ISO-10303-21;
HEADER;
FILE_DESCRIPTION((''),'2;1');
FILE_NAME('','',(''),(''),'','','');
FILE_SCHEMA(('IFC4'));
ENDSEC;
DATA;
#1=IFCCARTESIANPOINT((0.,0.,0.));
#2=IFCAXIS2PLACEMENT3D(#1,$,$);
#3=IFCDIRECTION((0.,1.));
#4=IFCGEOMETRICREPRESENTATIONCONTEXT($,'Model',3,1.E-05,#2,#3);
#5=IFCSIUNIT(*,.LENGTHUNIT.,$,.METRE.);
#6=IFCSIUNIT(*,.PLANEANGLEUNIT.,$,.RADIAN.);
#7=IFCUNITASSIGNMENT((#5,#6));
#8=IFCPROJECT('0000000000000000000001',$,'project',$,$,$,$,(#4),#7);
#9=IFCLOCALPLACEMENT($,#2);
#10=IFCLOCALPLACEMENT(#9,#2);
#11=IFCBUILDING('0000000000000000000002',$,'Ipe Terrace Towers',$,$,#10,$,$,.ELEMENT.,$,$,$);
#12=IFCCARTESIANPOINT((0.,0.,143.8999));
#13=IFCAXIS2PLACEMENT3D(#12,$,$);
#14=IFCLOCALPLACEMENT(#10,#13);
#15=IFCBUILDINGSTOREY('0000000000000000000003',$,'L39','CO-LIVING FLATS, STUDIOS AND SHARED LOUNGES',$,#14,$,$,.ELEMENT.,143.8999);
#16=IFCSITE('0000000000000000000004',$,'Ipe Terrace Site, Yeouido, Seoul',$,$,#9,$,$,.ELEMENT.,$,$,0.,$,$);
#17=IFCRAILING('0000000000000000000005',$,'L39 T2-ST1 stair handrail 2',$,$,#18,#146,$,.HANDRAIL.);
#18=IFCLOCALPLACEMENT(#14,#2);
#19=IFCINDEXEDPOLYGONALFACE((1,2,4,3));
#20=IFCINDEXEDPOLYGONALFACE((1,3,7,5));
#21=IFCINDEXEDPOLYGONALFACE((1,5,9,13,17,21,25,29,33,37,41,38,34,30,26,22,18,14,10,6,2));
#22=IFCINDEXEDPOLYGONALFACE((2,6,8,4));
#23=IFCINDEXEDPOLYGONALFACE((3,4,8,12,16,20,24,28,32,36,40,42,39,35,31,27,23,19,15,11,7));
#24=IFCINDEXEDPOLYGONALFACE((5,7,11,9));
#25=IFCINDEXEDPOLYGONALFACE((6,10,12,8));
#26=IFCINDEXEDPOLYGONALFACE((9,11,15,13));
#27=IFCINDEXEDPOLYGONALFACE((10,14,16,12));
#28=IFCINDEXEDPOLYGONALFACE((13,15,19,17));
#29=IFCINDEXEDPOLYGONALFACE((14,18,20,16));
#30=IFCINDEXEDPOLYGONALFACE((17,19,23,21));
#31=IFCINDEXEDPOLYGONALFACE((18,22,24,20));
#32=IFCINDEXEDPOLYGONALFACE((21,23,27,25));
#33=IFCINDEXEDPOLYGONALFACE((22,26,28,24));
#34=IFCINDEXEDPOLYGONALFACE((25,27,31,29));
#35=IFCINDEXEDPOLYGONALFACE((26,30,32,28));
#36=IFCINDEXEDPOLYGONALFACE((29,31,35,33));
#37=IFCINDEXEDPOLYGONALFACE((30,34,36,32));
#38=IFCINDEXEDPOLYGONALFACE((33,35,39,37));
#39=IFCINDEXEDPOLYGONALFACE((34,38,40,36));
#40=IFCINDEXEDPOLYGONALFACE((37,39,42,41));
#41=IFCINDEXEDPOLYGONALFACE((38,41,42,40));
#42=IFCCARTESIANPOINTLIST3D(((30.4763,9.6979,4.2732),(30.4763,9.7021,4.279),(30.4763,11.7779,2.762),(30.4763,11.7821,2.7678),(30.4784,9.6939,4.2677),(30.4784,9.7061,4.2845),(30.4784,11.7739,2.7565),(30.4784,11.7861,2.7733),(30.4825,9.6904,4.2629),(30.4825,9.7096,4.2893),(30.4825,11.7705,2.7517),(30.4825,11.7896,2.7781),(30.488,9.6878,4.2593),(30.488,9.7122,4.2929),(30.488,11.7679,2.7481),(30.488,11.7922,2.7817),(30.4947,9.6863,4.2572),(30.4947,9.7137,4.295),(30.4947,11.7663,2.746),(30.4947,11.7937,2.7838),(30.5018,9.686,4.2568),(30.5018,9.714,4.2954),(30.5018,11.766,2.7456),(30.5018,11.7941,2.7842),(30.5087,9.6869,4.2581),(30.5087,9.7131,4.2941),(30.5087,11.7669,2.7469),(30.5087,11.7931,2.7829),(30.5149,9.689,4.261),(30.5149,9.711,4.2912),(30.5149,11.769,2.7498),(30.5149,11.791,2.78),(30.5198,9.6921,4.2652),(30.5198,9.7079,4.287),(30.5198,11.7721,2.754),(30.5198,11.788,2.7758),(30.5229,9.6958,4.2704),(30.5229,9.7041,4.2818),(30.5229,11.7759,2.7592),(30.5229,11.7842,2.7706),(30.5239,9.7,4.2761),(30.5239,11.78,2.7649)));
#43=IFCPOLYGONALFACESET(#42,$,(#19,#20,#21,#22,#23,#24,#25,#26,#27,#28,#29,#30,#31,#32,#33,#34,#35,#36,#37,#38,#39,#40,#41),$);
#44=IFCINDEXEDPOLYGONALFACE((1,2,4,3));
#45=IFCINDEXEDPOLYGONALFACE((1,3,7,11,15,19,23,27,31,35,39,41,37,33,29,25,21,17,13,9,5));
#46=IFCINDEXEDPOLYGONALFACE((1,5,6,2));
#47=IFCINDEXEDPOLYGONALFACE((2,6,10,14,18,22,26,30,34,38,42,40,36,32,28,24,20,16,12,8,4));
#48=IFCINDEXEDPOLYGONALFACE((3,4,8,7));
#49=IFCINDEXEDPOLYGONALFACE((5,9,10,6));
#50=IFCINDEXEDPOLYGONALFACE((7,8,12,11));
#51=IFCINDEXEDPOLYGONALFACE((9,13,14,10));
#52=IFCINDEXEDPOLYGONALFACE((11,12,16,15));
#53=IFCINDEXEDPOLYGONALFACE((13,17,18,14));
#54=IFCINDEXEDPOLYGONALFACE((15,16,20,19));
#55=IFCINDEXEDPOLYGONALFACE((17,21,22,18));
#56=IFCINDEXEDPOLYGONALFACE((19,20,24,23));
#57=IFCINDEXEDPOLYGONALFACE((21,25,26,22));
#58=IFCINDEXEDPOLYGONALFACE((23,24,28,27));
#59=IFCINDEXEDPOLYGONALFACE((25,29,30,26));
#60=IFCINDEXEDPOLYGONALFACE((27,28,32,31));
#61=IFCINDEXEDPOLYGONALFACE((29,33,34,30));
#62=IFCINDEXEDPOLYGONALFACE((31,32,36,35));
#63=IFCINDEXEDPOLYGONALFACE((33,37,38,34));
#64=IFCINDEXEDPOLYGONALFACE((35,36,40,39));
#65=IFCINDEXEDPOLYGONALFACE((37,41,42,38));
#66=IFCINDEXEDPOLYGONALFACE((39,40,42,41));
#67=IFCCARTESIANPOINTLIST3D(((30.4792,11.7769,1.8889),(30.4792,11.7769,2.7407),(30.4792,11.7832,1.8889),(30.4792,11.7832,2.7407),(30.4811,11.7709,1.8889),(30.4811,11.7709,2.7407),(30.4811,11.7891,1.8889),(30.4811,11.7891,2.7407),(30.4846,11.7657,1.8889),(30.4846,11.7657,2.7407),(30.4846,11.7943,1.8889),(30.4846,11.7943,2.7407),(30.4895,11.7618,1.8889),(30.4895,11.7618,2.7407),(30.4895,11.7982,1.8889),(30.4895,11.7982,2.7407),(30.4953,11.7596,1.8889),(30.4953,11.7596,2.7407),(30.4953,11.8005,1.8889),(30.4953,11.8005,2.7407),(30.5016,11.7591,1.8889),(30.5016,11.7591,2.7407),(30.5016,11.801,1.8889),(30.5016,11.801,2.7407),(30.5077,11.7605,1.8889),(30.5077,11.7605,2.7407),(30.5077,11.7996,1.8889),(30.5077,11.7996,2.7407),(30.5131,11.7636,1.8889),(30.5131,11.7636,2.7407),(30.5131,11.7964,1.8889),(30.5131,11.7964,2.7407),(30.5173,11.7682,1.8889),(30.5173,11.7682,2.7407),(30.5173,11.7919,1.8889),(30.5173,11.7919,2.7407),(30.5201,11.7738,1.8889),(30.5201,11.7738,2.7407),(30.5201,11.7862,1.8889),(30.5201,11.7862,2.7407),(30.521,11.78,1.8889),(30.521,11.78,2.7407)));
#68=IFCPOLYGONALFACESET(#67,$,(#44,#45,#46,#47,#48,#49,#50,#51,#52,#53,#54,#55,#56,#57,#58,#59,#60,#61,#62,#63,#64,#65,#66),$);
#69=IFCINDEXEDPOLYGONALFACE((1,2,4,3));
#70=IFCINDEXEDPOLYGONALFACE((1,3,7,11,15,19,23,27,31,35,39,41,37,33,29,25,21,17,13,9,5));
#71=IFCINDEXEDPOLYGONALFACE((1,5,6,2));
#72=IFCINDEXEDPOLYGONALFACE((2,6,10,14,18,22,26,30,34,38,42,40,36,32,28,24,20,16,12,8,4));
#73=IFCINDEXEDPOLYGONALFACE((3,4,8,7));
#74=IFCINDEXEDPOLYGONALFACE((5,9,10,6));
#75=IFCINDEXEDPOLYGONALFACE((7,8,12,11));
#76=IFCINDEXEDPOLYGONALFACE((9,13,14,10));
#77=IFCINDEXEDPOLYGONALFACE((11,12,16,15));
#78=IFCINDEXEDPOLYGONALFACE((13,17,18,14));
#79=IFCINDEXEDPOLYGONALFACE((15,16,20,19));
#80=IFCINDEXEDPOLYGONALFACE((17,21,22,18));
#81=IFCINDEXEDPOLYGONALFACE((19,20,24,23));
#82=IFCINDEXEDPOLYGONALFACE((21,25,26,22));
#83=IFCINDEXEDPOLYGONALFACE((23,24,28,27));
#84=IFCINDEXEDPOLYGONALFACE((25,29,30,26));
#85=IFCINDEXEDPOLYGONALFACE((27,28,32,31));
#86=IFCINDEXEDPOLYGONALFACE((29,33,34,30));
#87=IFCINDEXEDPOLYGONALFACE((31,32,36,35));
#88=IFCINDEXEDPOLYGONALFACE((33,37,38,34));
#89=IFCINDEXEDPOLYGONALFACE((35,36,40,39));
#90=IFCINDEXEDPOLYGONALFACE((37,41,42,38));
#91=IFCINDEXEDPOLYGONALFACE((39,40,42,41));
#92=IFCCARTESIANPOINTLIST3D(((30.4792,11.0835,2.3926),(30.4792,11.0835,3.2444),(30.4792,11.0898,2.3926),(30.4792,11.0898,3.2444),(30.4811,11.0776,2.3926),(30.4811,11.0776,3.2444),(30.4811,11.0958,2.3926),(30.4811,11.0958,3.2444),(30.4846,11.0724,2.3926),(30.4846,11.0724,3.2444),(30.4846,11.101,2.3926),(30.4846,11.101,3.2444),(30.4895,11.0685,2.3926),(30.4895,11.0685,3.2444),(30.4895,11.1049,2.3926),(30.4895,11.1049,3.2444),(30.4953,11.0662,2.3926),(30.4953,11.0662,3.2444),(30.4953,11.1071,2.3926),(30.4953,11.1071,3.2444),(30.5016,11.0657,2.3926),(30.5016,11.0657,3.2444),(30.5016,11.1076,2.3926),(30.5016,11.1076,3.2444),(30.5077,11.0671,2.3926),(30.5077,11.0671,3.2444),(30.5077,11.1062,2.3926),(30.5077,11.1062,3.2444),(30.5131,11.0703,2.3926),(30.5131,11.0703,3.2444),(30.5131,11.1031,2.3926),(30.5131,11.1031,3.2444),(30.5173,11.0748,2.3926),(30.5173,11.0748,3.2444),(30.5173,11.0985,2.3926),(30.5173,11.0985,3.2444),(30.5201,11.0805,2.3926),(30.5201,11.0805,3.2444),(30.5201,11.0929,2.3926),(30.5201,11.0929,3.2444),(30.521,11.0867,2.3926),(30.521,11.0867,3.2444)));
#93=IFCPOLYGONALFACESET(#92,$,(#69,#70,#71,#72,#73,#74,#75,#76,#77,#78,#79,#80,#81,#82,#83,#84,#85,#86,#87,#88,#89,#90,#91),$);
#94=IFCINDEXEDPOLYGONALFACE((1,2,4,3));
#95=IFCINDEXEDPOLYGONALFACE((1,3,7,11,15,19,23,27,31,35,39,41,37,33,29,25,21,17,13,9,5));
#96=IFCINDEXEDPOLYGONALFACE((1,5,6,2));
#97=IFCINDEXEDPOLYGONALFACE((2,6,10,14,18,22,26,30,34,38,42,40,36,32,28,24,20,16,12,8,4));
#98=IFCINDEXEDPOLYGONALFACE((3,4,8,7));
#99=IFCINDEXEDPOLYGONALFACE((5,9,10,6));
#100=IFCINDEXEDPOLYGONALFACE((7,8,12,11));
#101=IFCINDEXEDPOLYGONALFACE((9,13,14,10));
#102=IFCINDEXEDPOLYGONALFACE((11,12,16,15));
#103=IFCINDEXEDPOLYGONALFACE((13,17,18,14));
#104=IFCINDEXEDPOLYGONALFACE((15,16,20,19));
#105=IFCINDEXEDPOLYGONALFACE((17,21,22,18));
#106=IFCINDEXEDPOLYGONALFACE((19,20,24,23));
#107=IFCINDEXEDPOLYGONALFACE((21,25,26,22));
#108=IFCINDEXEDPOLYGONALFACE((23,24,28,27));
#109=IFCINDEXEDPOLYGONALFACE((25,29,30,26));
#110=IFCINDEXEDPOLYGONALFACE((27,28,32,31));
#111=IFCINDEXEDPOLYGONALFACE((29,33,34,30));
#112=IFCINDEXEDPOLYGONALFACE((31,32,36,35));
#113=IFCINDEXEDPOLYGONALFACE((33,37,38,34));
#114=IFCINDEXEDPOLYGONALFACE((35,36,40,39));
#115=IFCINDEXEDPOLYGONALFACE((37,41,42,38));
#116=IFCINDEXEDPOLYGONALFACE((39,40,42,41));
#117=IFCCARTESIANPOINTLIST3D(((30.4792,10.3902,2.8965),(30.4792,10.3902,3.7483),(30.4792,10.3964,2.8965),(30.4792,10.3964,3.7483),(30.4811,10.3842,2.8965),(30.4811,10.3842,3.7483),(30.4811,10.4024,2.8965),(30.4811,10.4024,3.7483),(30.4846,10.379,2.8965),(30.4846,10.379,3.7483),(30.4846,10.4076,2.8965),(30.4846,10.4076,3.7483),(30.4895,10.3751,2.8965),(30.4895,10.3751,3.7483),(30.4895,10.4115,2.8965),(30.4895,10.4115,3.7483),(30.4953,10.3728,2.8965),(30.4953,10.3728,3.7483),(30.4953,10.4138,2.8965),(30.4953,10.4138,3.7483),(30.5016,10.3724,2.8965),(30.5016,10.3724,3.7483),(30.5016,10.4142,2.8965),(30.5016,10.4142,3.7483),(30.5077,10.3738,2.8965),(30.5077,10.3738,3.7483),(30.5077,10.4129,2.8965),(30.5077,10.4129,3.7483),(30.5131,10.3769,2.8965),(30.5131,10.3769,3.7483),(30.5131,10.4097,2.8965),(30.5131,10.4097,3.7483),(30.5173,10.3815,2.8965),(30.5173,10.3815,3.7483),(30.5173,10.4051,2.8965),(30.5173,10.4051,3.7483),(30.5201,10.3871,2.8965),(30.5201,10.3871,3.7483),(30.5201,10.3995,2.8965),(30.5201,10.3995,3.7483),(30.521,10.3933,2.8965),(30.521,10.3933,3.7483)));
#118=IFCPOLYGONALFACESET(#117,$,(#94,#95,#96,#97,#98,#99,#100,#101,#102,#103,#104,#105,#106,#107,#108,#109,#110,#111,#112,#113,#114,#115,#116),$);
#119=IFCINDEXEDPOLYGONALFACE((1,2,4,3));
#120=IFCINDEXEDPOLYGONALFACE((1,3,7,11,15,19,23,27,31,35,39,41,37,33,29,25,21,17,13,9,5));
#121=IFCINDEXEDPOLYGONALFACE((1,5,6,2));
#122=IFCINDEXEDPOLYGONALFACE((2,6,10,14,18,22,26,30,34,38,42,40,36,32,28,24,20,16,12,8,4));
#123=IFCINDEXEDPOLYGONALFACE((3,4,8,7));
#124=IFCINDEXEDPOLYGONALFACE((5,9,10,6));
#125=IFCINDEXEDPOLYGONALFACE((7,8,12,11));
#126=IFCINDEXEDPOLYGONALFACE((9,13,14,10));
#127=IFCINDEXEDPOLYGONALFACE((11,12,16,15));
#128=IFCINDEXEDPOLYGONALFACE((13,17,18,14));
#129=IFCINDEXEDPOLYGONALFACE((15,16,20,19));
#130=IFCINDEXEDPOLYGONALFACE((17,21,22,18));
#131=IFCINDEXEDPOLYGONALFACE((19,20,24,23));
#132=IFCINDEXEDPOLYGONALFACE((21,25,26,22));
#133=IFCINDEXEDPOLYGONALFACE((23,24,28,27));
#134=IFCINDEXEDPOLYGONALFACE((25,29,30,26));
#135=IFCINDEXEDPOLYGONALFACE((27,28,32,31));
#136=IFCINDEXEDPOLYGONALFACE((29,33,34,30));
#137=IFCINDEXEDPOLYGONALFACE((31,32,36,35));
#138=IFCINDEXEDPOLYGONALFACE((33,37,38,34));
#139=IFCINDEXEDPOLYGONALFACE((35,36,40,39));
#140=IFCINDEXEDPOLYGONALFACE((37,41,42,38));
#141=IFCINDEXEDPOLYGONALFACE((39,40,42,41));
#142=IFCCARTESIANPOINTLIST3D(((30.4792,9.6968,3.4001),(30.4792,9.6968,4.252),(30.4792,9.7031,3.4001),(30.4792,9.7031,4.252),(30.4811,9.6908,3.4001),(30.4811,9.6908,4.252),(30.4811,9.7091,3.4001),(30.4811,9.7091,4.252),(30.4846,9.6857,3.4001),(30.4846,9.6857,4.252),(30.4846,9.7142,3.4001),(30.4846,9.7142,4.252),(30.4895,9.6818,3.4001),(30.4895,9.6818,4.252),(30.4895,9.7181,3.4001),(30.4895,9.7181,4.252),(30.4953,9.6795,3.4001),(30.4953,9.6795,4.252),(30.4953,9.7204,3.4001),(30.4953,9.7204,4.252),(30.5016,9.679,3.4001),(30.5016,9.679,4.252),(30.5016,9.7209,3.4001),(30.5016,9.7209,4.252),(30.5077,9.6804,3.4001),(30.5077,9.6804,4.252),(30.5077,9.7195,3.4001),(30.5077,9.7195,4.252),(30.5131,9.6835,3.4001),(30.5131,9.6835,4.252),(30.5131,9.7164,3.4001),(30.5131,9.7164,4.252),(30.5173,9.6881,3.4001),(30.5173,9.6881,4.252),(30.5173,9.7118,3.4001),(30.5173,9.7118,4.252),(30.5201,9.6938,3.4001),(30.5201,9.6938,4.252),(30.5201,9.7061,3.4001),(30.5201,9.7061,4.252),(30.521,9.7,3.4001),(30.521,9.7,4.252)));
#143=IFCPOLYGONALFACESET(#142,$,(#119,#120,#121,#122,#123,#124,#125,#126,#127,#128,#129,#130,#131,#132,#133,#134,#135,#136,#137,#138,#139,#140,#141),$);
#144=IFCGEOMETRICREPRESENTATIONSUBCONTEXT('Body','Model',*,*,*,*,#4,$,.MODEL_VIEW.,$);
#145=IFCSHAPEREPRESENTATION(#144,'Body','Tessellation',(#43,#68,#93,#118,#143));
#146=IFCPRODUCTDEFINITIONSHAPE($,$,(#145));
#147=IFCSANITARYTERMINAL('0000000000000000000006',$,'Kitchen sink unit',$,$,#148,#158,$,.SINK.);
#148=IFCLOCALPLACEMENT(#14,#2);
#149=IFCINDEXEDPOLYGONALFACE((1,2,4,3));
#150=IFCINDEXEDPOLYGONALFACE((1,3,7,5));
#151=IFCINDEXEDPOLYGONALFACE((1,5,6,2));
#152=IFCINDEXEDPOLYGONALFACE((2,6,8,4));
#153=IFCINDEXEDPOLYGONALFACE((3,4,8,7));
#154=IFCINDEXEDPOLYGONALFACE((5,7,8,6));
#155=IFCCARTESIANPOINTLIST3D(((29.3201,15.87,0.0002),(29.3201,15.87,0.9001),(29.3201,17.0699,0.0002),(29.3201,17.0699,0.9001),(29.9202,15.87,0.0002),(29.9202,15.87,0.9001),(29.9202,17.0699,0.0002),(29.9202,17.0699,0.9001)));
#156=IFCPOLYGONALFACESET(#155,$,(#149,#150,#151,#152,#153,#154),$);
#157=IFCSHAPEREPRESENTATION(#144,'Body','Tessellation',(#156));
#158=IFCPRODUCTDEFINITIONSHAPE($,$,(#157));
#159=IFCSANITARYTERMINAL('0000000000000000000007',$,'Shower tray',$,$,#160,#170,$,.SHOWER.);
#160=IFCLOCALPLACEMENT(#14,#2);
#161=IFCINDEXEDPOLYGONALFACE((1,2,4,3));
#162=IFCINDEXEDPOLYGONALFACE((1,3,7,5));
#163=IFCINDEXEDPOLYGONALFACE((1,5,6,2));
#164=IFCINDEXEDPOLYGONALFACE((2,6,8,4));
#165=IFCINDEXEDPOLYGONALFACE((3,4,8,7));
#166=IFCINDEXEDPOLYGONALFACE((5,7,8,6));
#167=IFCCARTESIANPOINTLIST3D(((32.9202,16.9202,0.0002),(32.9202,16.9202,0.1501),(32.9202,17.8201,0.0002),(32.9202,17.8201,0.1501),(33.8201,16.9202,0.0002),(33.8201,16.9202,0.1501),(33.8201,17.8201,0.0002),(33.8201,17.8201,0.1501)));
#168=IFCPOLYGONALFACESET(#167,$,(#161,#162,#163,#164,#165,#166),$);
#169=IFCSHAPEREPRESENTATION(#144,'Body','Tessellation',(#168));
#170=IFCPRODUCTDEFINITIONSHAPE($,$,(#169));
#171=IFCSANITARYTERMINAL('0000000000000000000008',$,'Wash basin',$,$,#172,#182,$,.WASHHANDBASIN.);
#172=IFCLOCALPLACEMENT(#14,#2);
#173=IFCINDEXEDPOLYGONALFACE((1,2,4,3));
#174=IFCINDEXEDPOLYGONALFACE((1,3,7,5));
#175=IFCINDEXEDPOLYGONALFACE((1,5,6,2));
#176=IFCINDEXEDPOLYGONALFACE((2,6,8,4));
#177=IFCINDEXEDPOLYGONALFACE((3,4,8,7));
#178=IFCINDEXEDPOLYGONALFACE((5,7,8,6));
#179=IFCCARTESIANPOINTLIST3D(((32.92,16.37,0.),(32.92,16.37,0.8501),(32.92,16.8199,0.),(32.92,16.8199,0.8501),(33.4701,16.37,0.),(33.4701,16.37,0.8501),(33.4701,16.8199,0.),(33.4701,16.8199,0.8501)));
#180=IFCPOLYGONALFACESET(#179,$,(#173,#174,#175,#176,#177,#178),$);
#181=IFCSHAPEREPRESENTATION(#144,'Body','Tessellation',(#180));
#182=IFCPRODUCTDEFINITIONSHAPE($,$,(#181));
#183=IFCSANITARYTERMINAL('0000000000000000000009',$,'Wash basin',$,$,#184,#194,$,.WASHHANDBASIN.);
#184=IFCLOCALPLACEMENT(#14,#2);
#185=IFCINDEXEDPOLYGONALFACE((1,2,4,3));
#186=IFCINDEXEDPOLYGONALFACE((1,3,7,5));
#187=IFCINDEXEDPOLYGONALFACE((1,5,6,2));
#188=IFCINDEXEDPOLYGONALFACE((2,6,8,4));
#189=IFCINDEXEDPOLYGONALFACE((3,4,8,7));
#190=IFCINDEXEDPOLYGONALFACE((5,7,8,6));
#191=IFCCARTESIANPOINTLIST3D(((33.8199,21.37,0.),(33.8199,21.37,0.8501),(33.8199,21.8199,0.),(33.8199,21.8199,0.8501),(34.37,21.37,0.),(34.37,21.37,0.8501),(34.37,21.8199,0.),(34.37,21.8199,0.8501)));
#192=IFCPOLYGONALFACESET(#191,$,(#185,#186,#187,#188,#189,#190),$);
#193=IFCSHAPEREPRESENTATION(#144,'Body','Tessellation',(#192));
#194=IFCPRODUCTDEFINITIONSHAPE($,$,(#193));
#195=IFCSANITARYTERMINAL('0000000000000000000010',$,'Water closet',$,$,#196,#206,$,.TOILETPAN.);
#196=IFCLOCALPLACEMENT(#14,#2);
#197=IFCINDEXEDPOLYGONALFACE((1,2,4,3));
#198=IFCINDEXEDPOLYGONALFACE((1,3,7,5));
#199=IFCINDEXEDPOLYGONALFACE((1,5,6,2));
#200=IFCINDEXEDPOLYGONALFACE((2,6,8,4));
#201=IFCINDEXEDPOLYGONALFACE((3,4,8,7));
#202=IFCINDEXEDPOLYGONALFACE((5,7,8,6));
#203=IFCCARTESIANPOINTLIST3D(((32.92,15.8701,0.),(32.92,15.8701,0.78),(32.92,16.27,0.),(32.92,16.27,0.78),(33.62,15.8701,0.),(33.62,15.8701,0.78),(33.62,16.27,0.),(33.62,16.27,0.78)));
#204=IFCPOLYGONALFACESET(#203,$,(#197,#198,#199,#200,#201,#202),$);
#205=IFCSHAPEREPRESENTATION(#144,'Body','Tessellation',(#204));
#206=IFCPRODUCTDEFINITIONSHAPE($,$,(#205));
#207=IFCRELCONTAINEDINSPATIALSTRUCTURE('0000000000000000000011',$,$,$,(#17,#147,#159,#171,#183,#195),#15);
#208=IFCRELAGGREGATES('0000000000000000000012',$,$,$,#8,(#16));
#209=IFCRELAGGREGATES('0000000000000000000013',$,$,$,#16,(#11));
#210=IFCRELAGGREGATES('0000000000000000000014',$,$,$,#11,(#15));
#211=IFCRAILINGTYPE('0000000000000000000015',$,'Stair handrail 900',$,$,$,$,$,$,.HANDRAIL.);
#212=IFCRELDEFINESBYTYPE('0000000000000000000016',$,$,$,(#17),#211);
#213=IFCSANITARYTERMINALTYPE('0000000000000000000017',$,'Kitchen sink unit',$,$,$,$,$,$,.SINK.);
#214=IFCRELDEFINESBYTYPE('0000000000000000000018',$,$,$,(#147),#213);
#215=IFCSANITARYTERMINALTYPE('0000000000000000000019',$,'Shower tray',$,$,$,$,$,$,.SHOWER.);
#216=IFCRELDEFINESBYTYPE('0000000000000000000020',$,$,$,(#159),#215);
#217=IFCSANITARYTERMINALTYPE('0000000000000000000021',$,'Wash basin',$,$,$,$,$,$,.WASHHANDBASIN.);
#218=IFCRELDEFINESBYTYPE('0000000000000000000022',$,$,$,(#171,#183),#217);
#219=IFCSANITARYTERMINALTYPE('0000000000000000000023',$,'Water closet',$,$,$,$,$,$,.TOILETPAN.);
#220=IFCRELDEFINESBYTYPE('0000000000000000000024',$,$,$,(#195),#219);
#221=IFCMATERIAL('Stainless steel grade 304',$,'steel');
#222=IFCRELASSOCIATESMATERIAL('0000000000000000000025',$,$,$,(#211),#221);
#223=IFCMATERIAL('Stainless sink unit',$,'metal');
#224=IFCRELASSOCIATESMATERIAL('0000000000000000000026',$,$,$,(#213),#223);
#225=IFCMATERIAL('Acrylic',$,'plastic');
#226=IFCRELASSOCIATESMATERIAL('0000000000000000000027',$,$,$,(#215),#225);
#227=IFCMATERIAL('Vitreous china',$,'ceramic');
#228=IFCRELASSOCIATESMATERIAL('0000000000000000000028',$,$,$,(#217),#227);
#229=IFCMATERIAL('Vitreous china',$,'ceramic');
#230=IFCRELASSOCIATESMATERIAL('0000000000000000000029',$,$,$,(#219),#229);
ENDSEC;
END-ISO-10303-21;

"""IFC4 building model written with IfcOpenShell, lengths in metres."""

from ifc_helpers import new_model, si_unit, direction, frame, origin, origin_2d, place, context, subcontext, project, spatial, rectangle, circle, extrude, material, type_object, element, save


model = new_model("IFC4")

# Units and contexts
model_context = context("Model", 3, precision=1e-05, world=origin(), true_north=direction((0.0, 1.0)))
body_context = subcontext(model_context, "Body", "Model", "MODEL_VIEW")
ifc_project = project(units=[si_unit("LENGTHUNIT", "METRE"), si_unit("PLANEANGLEUNIT", "RADIAN")], contexts=[model_context])

# Site, building, storey
site_placement = place(None, origin())
site = spatial("IfcSite", under=ifc_project, at=site_placement, Name="Ipe Terrace Site, Yeouido, Seoul", CompositionType="ELEMENT", RefElevation=0.0)
building_placement = place(site_placement, origin())
building = spatial("IfcBuilding", under=site, at=building_placement, Name="Ipe Terrace Towers", CompositionType="ELEMENT")
storey_placement = place(building_placement, frame((0.0, 0.0, 143.8999)))
storey = spatial("IfcBuildingStorey", under=building, at=storey_placement, Name="L39", Description="CO-LIVING FLATS, STUDIOS AND SHARED LOUNGES", CompositionType="ELEMENT", Elevation=143.8999)

# Railing
ifc_material_1 = material(Name="Stainless steel grade 304", Category="steel")
railing_type = type_object("IfcRailingType", Name="Stair handrail 900", PredefinedType="HANDRAIL", material=ifc_material_1)
railing_placement = place(storey_placement, frame((30.5, 11.78, 1.8889)))
element("IfcRailing", 1, at=railing_placement, inside=storey, type_object=railing_type, Name="L39 T2-ST1 stair handrail 2", PredefinedType="HANDRAIL", context=body_context, shape_type="SweptSolid", body=[
    extrude(circle(Radius=0.0239, at=origin_2d()), frame((0.0, 0.0, 0.876), z_axis=(0.0, -0.809023, 0.587776), x_axis=(1.0, 0.0, 0.0)), (0.0, 0.0, 1.0), 2.571),
    extrude(circle(Radius=0.021, at=origin_2d()), origin(), (0.0, 0.0, 1.0), 0.8518),
    extrude(circle(Radius=0.021, at=origin_2d()), frame((0.0, -0.6934, 0.5037)), (0.0, 0.0, 1.0), 0.8518),
    extrude(circle(Radius=0.021, at=origin_2d()), frame((0.0, -1.3867, 1.0076)), (0.0, 0.0, 1.0), 0.8518),
    extrude(circle(Radius=0.021, at=origin_2d()), frame((0.0, -2.0801, 1.5112)), (0.0, 0.0, 1.0), 0.8518),
])

# Sanitary terminals
ifc_material_2 = material(Name="Stainless sink unit", Category="metal")
sanitary_terminal_type_1 = type_object("IfcSanitaryTerminalType", Name="Kitchen sink unit", PredefinedType="SINK", material=ifc_material_2)
sanitary_terminal_1_placement = place(storey_placement, frame((29.6201, 16.47, 0.0002), z_axis=(0.0, 0.0, 1.0), x_axis=(0.0, 1.0, 0.0)))
element("IfcSanitaryTerminal", 2, at=sanitary_terminal_1_placement, inside=storey, type_object=sanitary_terminal_type_1, Name="Kitchen sink unit", PredefinedType="SINK", context=body_context, shape_type="SweptSolid", body=[
    extrude(rectangle(XDim=1.2, YDim=0.6001, at=origin_2d()), origin(), (0.0, 0.0, 1.0), 0.8999),
])
ifc_material_3 = material(Name="Acrylic", Category="plastic")
sanitary_terminal_type_2 = type_object("IfcSanitaryTerminalType", Name="Shower tray", PredefinedType="SHOWER", material=ifc_material_3)
sanitary_terminal_2_placement = place(storey_placement, frame((33.3701, 17.3701, 0.0002), z_axis=(0.0, 0.0, 1.0), x_axis=(1.0, 0.0, 0.0)))
element("IfcSanitaryTerminal", 3, at=sanitary_terminal_2_placement, inside=storey, type_object=sanitary_terminal_type_2, Name="Shower tray", PredefinedType="SHOWER", context=body_context, shape_type="SweptSolid", body=[
    extrude(rectangle(XDim=0.8999, YDim=0.8999, at=origin_2d()), origin(), (0.0, 0.0, 1.0), 0.1499),
])
ifc_material_4 = material(Name="Vitreous china", Category="ceramic")
sanitary_terminal_type_3 = type_object("IfcSanitaryTerminalType", Name="Wash basin", PredefinedType="WASHHANDBASIN", material=ifc_material_4)
for number, where, z_axis, x_axis, name in (
    (4, (33.1951, 16.595, 0.0), (0.0, 0.0, 1.0), (1.0, 0.0, 0.0), "Wash basin"),
    (5, (34.095, 21.595, 0.0), (0.0, 0.0, 1.0), (1.0, 0.0, 0.0), "Wash basin"),
):
    element("IfcSanitaryTerminal", number, at=place(storey_placement, frame(where, z_axis=z_axis, x_axis=x_axis)), inside=storey, type_object=sanitary_terminal_type_3, Name=name, PredefinedType="WASHHANDBASIN", context=body_context, shape_type="SweptSolid", body=[
        extrude(rectangle(XDim=0.55, YDim=0.45, at=origin_2d()), origin(), (0.0, 0.0, 1.0), 0.8501),
    ])
ifc_material_5 = material(Name="Vitreous china", Category="ceramic")
sanitary_terminal_type_4 = type_object("IfcSanitaryTerminalType", Name="Water closet", PredefinedType="TOILETPAN", material=ifc_material_5)
sanitary_terminal_3_placement = place(storey_placement, frame((33.27, 16.0701, 0.0), z_axis=(0.0, 0.0, 1.0), x_axis=(1.0, 0.0, 0.0)))
element("IfcSanitaryTerminal", 6, at=sanitary_terminal_3_placement, inside=storey, type_object=sanitary_terminal_type_4, Name="Water closet", PredefinedType="TOILETPAN", context=body_context, shape_type="SweptSolid", body=[
    extrude(rectangle(XDim=0.7, YDim=0.3999, at=origin_2d()), origin(), (0.0, 0.0, 1.0), 0.78),
])

save(model, "model.ifc")
